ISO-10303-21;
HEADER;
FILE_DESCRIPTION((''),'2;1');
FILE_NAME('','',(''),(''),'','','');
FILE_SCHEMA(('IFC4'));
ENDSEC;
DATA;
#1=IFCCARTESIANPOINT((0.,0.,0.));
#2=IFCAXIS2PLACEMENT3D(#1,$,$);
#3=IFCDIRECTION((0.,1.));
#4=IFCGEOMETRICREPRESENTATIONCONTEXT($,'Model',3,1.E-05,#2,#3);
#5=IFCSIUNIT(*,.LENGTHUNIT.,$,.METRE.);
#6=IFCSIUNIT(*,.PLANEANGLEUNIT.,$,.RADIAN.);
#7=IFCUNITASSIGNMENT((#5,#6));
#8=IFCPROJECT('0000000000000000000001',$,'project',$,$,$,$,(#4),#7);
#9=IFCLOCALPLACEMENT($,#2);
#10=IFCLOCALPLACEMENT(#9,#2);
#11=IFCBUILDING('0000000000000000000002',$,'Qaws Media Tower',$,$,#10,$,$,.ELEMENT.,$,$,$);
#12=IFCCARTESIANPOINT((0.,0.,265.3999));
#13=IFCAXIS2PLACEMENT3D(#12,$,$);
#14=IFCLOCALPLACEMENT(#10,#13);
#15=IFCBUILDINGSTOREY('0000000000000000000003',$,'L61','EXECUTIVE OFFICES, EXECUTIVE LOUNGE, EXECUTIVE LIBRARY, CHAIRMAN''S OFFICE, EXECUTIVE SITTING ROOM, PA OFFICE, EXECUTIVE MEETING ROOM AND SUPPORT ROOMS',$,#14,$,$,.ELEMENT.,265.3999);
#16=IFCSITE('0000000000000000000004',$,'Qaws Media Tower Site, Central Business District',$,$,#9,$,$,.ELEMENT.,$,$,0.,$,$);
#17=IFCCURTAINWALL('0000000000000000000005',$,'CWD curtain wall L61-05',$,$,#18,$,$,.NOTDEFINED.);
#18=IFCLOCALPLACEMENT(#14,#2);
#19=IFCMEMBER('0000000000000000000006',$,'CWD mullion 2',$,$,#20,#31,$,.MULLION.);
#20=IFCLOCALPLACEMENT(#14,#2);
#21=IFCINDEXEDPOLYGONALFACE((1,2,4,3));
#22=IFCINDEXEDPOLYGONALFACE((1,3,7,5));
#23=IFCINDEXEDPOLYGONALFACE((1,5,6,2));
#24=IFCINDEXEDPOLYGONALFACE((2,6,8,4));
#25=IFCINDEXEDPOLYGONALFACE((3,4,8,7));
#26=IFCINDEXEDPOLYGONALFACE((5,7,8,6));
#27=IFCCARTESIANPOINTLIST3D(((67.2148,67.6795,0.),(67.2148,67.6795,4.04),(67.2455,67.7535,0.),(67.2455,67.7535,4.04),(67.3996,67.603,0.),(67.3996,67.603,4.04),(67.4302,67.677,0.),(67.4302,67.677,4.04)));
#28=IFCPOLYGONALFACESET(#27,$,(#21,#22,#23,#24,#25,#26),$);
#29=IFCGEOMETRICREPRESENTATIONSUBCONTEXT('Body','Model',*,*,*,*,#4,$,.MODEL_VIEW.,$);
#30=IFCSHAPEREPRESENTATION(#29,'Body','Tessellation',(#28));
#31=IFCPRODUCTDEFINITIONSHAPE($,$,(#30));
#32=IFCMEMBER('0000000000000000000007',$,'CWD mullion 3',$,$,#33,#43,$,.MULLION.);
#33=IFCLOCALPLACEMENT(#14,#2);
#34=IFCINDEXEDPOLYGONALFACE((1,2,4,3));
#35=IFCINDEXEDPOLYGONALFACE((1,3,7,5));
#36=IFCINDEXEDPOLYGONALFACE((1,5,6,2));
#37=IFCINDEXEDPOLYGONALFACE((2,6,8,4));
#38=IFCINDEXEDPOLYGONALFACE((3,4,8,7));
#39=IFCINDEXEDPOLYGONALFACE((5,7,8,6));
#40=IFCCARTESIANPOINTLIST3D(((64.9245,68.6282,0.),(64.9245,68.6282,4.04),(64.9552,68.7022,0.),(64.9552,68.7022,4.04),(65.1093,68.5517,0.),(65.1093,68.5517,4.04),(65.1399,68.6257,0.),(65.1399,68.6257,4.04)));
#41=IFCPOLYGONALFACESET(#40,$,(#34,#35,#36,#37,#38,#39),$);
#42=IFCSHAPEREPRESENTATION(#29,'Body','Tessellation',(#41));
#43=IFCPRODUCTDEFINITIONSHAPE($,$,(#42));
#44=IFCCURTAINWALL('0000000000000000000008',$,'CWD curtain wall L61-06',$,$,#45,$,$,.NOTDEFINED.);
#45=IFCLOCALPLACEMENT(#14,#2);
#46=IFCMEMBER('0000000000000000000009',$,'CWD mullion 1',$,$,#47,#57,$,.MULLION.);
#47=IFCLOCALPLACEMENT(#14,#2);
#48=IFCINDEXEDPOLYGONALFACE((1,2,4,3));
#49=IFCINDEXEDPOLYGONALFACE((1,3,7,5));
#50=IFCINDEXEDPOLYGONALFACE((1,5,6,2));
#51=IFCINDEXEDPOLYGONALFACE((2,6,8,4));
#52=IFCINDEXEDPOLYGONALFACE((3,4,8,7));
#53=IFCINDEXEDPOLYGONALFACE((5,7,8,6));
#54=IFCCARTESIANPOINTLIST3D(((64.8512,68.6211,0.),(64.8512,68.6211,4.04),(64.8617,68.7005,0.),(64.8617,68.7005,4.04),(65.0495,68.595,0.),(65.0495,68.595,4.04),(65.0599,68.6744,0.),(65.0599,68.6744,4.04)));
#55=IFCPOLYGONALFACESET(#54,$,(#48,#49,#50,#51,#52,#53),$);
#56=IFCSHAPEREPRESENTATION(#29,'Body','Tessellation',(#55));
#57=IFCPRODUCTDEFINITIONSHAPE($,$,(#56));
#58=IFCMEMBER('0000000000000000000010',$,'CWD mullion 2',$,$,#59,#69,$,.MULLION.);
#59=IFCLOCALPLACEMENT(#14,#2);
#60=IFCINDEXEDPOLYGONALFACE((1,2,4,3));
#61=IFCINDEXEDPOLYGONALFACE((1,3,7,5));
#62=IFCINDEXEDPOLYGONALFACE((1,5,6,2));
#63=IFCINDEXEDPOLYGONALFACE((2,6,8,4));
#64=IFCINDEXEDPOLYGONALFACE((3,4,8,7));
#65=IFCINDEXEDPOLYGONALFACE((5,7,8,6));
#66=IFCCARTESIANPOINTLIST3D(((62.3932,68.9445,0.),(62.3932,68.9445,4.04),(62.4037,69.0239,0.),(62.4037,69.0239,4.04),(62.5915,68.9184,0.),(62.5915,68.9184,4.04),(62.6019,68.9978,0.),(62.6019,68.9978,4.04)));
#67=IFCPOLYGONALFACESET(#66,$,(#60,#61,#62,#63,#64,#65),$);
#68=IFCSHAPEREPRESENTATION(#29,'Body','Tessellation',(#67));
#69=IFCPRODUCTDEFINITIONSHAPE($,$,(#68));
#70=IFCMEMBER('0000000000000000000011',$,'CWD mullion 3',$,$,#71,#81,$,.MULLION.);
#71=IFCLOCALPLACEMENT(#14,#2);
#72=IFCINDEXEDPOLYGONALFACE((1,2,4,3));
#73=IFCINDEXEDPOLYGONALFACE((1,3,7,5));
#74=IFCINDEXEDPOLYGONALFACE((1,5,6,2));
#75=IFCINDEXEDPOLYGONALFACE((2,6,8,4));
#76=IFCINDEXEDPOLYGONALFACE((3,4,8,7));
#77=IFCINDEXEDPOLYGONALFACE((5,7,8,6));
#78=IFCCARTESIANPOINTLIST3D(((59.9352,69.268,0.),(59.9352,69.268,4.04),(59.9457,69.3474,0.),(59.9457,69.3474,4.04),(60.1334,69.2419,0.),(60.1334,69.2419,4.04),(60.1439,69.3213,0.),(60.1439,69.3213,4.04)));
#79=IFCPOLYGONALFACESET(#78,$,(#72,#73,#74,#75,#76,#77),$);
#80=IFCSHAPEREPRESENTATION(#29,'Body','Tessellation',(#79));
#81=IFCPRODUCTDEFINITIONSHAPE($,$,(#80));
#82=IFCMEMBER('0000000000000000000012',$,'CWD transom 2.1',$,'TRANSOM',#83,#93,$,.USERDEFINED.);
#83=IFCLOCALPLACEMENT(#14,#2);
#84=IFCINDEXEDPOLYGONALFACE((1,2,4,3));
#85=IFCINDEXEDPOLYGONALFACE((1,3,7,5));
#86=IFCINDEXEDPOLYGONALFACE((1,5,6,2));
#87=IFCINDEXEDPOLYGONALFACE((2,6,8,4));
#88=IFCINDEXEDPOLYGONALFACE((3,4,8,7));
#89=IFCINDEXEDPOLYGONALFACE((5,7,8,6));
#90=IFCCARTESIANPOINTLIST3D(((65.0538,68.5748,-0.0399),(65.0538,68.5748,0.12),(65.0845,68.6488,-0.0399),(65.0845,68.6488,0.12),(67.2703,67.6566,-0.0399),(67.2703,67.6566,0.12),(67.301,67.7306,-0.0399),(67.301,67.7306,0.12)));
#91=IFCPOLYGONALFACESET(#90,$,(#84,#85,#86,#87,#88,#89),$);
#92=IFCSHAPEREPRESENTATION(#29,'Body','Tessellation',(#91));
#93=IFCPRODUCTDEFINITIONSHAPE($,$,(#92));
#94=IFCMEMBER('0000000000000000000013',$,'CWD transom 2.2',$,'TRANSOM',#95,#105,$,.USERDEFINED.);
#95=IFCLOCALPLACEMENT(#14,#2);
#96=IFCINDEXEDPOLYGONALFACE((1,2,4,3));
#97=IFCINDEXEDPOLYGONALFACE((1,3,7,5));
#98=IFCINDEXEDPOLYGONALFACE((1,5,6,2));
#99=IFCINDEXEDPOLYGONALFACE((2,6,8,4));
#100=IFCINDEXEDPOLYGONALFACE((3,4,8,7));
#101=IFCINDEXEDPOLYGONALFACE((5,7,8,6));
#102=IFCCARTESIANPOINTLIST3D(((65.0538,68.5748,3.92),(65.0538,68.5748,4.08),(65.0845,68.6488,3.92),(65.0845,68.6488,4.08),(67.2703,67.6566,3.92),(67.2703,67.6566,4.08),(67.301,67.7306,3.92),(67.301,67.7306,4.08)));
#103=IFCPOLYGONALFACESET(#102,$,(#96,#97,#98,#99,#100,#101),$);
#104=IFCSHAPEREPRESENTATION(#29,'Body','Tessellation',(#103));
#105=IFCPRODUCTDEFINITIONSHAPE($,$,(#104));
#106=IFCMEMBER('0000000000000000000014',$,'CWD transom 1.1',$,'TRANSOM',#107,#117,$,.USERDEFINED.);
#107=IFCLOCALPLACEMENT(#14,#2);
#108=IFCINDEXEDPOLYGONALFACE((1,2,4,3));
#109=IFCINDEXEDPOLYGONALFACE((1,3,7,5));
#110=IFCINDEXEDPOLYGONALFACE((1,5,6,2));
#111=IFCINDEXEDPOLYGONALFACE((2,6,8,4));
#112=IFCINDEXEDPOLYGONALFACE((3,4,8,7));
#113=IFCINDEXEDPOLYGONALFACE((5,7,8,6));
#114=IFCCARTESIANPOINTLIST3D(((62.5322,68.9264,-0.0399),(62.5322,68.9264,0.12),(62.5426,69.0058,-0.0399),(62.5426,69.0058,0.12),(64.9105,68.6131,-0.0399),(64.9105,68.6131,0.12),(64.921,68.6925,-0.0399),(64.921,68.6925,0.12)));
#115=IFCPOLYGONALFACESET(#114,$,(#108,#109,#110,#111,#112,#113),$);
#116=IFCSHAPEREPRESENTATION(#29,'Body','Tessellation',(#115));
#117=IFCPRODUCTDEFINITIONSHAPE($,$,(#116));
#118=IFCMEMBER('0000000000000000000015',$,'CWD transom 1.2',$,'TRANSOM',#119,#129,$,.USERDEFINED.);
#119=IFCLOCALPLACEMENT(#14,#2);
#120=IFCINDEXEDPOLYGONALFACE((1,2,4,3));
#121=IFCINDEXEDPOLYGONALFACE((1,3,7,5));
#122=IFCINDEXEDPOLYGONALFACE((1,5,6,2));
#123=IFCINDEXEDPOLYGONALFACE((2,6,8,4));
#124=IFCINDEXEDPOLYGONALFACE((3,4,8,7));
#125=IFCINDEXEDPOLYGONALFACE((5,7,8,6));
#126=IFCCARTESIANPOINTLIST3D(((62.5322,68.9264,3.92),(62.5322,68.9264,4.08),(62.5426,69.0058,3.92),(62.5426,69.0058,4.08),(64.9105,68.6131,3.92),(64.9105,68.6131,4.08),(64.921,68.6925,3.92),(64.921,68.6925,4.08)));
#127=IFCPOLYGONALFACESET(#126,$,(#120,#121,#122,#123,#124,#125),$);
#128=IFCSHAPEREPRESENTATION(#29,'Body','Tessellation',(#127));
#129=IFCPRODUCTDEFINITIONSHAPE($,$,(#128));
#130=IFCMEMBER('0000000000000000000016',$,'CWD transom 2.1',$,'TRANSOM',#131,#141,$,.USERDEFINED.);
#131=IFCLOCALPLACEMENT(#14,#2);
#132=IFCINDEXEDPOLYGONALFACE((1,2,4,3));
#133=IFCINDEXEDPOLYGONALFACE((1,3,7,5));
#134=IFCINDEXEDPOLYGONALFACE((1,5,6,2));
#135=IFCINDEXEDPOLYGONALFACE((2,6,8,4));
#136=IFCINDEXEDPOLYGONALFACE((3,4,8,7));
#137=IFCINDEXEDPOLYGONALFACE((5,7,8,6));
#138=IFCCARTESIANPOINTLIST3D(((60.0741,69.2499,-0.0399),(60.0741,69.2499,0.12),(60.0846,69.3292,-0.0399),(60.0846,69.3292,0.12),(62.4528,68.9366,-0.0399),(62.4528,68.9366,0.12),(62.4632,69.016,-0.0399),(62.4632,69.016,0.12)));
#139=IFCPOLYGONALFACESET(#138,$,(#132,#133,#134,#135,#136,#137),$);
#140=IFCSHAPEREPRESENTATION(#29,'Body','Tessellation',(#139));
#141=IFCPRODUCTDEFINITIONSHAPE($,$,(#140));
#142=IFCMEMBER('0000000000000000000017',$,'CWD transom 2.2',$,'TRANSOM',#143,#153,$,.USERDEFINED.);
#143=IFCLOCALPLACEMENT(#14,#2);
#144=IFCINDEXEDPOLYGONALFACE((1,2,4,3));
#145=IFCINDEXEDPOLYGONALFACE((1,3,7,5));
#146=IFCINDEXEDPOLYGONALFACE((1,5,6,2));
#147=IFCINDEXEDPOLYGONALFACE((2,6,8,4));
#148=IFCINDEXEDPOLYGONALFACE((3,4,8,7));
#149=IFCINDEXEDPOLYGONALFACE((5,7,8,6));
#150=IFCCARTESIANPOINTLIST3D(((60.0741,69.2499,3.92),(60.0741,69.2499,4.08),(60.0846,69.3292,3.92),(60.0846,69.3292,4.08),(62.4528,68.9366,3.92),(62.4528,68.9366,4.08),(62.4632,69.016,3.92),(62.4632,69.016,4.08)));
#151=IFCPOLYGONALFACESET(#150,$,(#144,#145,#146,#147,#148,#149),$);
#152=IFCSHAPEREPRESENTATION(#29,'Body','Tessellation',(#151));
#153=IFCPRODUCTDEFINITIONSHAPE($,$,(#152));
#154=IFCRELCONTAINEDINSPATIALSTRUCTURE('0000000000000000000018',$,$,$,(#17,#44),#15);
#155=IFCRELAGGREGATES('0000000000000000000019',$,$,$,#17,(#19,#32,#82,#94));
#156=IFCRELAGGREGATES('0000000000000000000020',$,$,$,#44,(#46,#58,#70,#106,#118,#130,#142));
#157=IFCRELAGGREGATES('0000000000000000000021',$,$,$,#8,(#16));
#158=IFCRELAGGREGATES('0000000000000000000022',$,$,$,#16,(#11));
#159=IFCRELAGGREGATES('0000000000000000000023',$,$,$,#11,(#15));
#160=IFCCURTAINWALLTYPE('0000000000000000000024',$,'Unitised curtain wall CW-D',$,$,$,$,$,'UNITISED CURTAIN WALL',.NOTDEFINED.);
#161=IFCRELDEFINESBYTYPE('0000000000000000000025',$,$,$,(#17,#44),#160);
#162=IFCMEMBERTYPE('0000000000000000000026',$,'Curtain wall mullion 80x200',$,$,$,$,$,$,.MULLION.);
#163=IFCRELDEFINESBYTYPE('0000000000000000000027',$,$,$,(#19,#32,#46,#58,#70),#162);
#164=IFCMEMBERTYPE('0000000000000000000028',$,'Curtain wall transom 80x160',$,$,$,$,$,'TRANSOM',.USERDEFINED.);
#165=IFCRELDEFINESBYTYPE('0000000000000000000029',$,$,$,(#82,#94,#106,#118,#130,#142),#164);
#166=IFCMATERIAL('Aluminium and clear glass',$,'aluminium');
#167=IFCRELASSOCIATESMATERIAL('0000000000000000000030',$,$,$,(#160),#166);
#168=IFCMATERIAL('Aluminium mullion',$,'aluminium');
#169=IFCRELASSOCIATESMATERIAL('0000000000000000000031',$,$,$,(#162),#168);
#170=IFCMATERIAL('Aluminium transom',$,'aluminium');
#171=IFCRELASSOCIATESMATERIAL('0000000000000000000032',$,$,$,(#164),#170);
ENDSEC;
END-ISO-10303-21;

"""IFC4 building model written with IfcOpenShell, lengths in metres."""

from ifc_helpers import new_model, si_unit, direction, frame, origin, origin_2d, place, context, subcontext, project, spatial, rectangle, extrude, material, material_profile, profile_set, type_object, element, aggregate, save


model = new_model("IFC4")

# Units and contexts
model_context = context("Model", 3, precision=1e-05, world=origin(), true_north=direction((0.0, 1.0)))
body_context = subcontext(model_context, "Body", "Model", "MODEL_VIEW")
ifc_project = project(units=[si_unit("LENGTHUNIT", "METRE"), si_unit("PLANEANGLEUNIT", "RADIAN")], contexts=[model_context])

# Site, building, storey
site_placement = place(None, origin())
site = spatial("IfcSite", under=ifc_project, at=site_placement, Name="Qaws Media Tower Site, Central Business District", CompositionType="ELEMENT", RefElevation=0.0)
building_placement = place(site_placement, origin())
building = spatial("IfcBuilding", under=site, at=building_placement, Name="Qaws Media Tower", CompositionType="ELEMENT")
storey_placement = place(building_placement, frame((0.0, 0.0, 265.3999)))
storey = spatial("IfcBuildingStorey", under=building, at=storey_placement, Name="L61", Description="EXECUTIVE OFFICES, EXECUTIVE LOUNGE, EXECUTIVE LIBRARY, CHAIRMAN'S OFFICE, EXECUTIVE SITTING ROOM, PA OFFICE, EXECUTIVE MEETING ROOM AND SUPPORT ROOMS", CompositionType="ELEMENT", Elevation=265.3999)

# Curtain walls, members
ifc_material_1 = material(Name="Aluminium and clear glass", Category="aluminium")
curtain_wall_type = type_object("IfcCurtainWallType", Name="Unitised curtain wall CW-D", ElementType="UNITISED CURTAIN WALL", PredefinedType="NOTDEFINED", material=ifc_material_1)
curtain_wall_1_placement = place(storey_placement, origin())
curtain_wall_1 = element("IfcCurtainWall", 1, at=curtain_wall_1_placement, inside=storey, type_object=curtain_wall_type, Name="CWD curtain wall L61-05", PredefinedType="NOTDEFINED")
ifc_material_2 = material(Name="Aluminium mullion", Category="aluminium")
ifc_material_profile_1 = material_profile(ifc_material_2, rectangle(XDim=0.0801, YDim=0.2, at=origin_2d()), Name="80x200")
ifc_profile_set_1 = profile_set([ifc_material_profile_1], Name="Aluminium mullion")
member_type_1 = type_object("IfcMemberType", Name="Curtain wall mullion 80x200", PredefinedType="MULLION", material=ifc_profile_set_1)
member_1_placement = place(storey_placement, frame((67.3225, 67.6782, 0.0), z_axis=(0.0, 0.0, 1.0), x_axis=(-0.382683, -0.92388, 0.0)))
member_1 = element("IfcMember", 2, at=member_1_placement, type_object=member_type_1, Name="CWD mullion 2", PredefinedType="MULLION", context=body_context, shape_type="SweptSolid", body=[
    extrude(rectangle(XDim=0.0801, YDim=0.2, at=origin_2d()), origin(), (0.0, 0.0, 1.0), 4.04),
])
member_2_placement = place(storey_placement, frame((65.0322, 68.627, 0.0), z_axis=(0.0, 0.0, 1.0), x_axis=(-0.382683, -0.92388, 0.0)))
member_2 = element("IfcMember", 3, at=member_2_placement, type_object=member_type_1, Name="CWD mullion 3", PredefinedType="MULLION", context=body_context, shape_type="SweptSolid", body=[
    extrude(rectangle(XDim=0.0801, YDim=0.2, at=origin_2d()), origin(), (0.0, 0.0, 1.0), 4.04),
])
curtain_wall_2_placement = place(storey_placement, origin())
curtain_wall_2 = element("IfcCurtainWall", 4, at=curtain_wall_2_placement, inside=storey, type_object=curtain_wall_type, Name="CWD curtain wall L61-06", PredefinedType="NOTDEFINED")
member_3_placement = place(storey_placement, frame((64.9556, 68.6477, 0.0), z_axis=(0.0, 0.0, 1.0), x_axis=(-0.130526, -0.991445, 0.0)))
member_3 = element("IfcMember", 5, at=member_3_placement, type_object=member_type_1, Name="CWD mullion 1", PredefinedType="MULLION", context=body_context, shape_type="SweptSolid", body=[
    extrude(rectangle(XDim=0.0801, YDim=0.2, at=origin_2d()), origin(), (0.0, 0.0, 1.0), 4.04),
])
member_4_placement = place(storey_placement, frame((62.4976, 68.9712, 0.0), z_axis=(0.0, 0.0, 1.0), x_axis=(-0.130526, -0.991445, 0.0)))
member_4 = element("IfcMember", 6, at=member_4_placement, type_object=member_type_1, Name="CWD mullion 2", PredefinedType="MULLION", context=body_context, shape_type="SweptSolid", body=[
    extrude(rectangle(XDim=0.0801, YDim=0.2, at=origin_2d()), origin(), (0.0, 0.0, 1.0), 4.04),
])
member_5_placement = place(storey_placement, frame((60.0396, 69.2947, 0.0), z_axis=(0.0, 0.0, 1.0), x_axis=(-0.130526, -0.991445, 0.0)))
member_5 = element("IfcMember", 7, at=member_5_placement, type_object=member_type_1, Name="CWD mullion 3", PredefinedType="MULLION", context=body_context, shape_type="SweptSolid", body=[
    extrude(rectangle(XDim=0.0801, YDim=0.2, at=origin_2d()), origin(), (0.0, 0.0, 1.0), 4.04),
])

# Members
ifc_material_3 = material(Name="Aluminium transom", Category="aluminium")
ifc_material_profile_2 = material_profile(ifc_material_3, rectangle(XDim=0.0801, YDim=0.1599, at=origin_2d()), Name="80x160")
ifc_profile_set_2 = profile_set([ifc_material_profile_2], Name="Aluminium transom")
member_type_2 = type_object("IfcMemberType", Name="Curtain wall transom 80x160", ElementType="TRANSOM", PredefinedType="USERDEFINED", material=ifc_profile_set_2)
member_6_placement = place(storey_placement, frame((67.2856, 67.6936, 0.04), z_axis=(-0.923867, 0.382714, 0.0), x_axis=(-0.382714, -0.923867, 0.0)))
member_6 = element("IfcMember", 8, at=member_6_placement, type_object=member_type_2, Name="CWD transom 2.1", ObjectType="TRANSOM", PredefinedType="USERDEFINED", context=body_context, shape_type="SweptSolid", body=[
    extrude(rectangle(XDim=0.0801, YDim=0.1599, at=origin_2d()), origin(), (0.0, 0.0, 1.0), 2.3992),
])
member_7_placement = place(storey_placement, frame((67.2856, 67.6936, 4.0), z_axis=(-0.923867, 0.382714, 0.0), x_axis=(-0.382714, -0.923867, 0.0)))
member_7 = element("IfcMember", 9, at=member_7_placement, type_object=member_type_2, Name="CWD transom 2.2", ObjectType="TRANSOM", PredefinedType="USERDEFINED", context=body_context, shape_type="SweptSolid", body=[
    extrude(rectangle(XDim=0.0801, YDim=0.1599, at=origin_2d()), origin(), (0.0, 0.0, 1.0), 2.3992),
])
member_8_placement = place(storey_placement, frame((64.9158, 68.6528, 0.04), z_axis=(-0.991439, 0.13057, 0.0), x_axis=(-0.13057, -0.991439, 0.0)))
member_8 = element("IfcMember", 10, at=member_8_placement, type_object=member_type_2, Name="CWD transom 1.1", ObjectType="TRANSOM", PredefinedType="USERDEFINED", context=body_context, shape_type="SweptSolid", body=[
    extrude(rectangle(XDim=0.0801, YDim=0.1599, at=origin_2d()), origin(), (0.0, 0.0, 1.0), 2.3989),
])
member_9_placement = place(storey_placement, frame((64.9158, 68.6528, 4.0), z_axis=(-0.991439, 0.13057, 0.0), x_axis=(-0.13057, -0.991439, 0.0)))
member_9 = element("IfcMember", 11, at=member_9_placement, type_object=member_type_2, Name="CWD transom 1.2", ObjectType="TRANSOM", PredefinedType="USERDEFINED", context=body_context, shape_type="SweptSolid", body=[
    extrude(rectangle(XDim=0.0801, YDim=0.1599, at=origin_2d()), origin(), (0.0, 0.0, 1.0), 2.3989),
])
member_10_placement = place(storey_placement, frame((62.458, 68.9763, 0.04), z_axis=(-0.991441, 0.130557, 0.0), x_axis=(-0.130557, -0.991441, 0.0)))
member_10 = element("IfcMember", 12, at=member_10_placement, type_object=member_type_2, Name="CWD transom 2.1", ObjectType="TRANSOM", PredefinedType="USERDEFINED", context=body_context, shape_type="SweptSolid", body=[
    extrude(rectangle(XDim=0.0801, YDim=0.1599, at=origin_2d()), origin(), (0.0, 0.0, 1.0), 2.3992),
])
member_11_placement = place(storey_placement, frame((62.458, 68.9763, 4.0), z_axis=(-0.991441, 0.130557, 0.0), x_axis=(-0.130557, -0.991441, 0.0)))
member_11 = element("IfcMember", 13, at=member_11_placement, type_object=member_type_2, Name="CWD transom 2.2", ObjectType="TRANSOM", PredefinedType="USERDEFINED", context=body_context, shape_type="SweptSolid", body=[
    extrude(rectangle(XDim=0.0801, YDim=0.1599, at=origin_2d()), origin(), (0.0, 0.0, 1.0), 2.3992),
])

aggregate(curtain_wall_1, [member_1, member_2, member_6, member_7])
aggregate(curtain_wall_2, [member_3, member_4, member_5, member_8, member_9, member_10, member_11])

save(model, "model.ifc")
